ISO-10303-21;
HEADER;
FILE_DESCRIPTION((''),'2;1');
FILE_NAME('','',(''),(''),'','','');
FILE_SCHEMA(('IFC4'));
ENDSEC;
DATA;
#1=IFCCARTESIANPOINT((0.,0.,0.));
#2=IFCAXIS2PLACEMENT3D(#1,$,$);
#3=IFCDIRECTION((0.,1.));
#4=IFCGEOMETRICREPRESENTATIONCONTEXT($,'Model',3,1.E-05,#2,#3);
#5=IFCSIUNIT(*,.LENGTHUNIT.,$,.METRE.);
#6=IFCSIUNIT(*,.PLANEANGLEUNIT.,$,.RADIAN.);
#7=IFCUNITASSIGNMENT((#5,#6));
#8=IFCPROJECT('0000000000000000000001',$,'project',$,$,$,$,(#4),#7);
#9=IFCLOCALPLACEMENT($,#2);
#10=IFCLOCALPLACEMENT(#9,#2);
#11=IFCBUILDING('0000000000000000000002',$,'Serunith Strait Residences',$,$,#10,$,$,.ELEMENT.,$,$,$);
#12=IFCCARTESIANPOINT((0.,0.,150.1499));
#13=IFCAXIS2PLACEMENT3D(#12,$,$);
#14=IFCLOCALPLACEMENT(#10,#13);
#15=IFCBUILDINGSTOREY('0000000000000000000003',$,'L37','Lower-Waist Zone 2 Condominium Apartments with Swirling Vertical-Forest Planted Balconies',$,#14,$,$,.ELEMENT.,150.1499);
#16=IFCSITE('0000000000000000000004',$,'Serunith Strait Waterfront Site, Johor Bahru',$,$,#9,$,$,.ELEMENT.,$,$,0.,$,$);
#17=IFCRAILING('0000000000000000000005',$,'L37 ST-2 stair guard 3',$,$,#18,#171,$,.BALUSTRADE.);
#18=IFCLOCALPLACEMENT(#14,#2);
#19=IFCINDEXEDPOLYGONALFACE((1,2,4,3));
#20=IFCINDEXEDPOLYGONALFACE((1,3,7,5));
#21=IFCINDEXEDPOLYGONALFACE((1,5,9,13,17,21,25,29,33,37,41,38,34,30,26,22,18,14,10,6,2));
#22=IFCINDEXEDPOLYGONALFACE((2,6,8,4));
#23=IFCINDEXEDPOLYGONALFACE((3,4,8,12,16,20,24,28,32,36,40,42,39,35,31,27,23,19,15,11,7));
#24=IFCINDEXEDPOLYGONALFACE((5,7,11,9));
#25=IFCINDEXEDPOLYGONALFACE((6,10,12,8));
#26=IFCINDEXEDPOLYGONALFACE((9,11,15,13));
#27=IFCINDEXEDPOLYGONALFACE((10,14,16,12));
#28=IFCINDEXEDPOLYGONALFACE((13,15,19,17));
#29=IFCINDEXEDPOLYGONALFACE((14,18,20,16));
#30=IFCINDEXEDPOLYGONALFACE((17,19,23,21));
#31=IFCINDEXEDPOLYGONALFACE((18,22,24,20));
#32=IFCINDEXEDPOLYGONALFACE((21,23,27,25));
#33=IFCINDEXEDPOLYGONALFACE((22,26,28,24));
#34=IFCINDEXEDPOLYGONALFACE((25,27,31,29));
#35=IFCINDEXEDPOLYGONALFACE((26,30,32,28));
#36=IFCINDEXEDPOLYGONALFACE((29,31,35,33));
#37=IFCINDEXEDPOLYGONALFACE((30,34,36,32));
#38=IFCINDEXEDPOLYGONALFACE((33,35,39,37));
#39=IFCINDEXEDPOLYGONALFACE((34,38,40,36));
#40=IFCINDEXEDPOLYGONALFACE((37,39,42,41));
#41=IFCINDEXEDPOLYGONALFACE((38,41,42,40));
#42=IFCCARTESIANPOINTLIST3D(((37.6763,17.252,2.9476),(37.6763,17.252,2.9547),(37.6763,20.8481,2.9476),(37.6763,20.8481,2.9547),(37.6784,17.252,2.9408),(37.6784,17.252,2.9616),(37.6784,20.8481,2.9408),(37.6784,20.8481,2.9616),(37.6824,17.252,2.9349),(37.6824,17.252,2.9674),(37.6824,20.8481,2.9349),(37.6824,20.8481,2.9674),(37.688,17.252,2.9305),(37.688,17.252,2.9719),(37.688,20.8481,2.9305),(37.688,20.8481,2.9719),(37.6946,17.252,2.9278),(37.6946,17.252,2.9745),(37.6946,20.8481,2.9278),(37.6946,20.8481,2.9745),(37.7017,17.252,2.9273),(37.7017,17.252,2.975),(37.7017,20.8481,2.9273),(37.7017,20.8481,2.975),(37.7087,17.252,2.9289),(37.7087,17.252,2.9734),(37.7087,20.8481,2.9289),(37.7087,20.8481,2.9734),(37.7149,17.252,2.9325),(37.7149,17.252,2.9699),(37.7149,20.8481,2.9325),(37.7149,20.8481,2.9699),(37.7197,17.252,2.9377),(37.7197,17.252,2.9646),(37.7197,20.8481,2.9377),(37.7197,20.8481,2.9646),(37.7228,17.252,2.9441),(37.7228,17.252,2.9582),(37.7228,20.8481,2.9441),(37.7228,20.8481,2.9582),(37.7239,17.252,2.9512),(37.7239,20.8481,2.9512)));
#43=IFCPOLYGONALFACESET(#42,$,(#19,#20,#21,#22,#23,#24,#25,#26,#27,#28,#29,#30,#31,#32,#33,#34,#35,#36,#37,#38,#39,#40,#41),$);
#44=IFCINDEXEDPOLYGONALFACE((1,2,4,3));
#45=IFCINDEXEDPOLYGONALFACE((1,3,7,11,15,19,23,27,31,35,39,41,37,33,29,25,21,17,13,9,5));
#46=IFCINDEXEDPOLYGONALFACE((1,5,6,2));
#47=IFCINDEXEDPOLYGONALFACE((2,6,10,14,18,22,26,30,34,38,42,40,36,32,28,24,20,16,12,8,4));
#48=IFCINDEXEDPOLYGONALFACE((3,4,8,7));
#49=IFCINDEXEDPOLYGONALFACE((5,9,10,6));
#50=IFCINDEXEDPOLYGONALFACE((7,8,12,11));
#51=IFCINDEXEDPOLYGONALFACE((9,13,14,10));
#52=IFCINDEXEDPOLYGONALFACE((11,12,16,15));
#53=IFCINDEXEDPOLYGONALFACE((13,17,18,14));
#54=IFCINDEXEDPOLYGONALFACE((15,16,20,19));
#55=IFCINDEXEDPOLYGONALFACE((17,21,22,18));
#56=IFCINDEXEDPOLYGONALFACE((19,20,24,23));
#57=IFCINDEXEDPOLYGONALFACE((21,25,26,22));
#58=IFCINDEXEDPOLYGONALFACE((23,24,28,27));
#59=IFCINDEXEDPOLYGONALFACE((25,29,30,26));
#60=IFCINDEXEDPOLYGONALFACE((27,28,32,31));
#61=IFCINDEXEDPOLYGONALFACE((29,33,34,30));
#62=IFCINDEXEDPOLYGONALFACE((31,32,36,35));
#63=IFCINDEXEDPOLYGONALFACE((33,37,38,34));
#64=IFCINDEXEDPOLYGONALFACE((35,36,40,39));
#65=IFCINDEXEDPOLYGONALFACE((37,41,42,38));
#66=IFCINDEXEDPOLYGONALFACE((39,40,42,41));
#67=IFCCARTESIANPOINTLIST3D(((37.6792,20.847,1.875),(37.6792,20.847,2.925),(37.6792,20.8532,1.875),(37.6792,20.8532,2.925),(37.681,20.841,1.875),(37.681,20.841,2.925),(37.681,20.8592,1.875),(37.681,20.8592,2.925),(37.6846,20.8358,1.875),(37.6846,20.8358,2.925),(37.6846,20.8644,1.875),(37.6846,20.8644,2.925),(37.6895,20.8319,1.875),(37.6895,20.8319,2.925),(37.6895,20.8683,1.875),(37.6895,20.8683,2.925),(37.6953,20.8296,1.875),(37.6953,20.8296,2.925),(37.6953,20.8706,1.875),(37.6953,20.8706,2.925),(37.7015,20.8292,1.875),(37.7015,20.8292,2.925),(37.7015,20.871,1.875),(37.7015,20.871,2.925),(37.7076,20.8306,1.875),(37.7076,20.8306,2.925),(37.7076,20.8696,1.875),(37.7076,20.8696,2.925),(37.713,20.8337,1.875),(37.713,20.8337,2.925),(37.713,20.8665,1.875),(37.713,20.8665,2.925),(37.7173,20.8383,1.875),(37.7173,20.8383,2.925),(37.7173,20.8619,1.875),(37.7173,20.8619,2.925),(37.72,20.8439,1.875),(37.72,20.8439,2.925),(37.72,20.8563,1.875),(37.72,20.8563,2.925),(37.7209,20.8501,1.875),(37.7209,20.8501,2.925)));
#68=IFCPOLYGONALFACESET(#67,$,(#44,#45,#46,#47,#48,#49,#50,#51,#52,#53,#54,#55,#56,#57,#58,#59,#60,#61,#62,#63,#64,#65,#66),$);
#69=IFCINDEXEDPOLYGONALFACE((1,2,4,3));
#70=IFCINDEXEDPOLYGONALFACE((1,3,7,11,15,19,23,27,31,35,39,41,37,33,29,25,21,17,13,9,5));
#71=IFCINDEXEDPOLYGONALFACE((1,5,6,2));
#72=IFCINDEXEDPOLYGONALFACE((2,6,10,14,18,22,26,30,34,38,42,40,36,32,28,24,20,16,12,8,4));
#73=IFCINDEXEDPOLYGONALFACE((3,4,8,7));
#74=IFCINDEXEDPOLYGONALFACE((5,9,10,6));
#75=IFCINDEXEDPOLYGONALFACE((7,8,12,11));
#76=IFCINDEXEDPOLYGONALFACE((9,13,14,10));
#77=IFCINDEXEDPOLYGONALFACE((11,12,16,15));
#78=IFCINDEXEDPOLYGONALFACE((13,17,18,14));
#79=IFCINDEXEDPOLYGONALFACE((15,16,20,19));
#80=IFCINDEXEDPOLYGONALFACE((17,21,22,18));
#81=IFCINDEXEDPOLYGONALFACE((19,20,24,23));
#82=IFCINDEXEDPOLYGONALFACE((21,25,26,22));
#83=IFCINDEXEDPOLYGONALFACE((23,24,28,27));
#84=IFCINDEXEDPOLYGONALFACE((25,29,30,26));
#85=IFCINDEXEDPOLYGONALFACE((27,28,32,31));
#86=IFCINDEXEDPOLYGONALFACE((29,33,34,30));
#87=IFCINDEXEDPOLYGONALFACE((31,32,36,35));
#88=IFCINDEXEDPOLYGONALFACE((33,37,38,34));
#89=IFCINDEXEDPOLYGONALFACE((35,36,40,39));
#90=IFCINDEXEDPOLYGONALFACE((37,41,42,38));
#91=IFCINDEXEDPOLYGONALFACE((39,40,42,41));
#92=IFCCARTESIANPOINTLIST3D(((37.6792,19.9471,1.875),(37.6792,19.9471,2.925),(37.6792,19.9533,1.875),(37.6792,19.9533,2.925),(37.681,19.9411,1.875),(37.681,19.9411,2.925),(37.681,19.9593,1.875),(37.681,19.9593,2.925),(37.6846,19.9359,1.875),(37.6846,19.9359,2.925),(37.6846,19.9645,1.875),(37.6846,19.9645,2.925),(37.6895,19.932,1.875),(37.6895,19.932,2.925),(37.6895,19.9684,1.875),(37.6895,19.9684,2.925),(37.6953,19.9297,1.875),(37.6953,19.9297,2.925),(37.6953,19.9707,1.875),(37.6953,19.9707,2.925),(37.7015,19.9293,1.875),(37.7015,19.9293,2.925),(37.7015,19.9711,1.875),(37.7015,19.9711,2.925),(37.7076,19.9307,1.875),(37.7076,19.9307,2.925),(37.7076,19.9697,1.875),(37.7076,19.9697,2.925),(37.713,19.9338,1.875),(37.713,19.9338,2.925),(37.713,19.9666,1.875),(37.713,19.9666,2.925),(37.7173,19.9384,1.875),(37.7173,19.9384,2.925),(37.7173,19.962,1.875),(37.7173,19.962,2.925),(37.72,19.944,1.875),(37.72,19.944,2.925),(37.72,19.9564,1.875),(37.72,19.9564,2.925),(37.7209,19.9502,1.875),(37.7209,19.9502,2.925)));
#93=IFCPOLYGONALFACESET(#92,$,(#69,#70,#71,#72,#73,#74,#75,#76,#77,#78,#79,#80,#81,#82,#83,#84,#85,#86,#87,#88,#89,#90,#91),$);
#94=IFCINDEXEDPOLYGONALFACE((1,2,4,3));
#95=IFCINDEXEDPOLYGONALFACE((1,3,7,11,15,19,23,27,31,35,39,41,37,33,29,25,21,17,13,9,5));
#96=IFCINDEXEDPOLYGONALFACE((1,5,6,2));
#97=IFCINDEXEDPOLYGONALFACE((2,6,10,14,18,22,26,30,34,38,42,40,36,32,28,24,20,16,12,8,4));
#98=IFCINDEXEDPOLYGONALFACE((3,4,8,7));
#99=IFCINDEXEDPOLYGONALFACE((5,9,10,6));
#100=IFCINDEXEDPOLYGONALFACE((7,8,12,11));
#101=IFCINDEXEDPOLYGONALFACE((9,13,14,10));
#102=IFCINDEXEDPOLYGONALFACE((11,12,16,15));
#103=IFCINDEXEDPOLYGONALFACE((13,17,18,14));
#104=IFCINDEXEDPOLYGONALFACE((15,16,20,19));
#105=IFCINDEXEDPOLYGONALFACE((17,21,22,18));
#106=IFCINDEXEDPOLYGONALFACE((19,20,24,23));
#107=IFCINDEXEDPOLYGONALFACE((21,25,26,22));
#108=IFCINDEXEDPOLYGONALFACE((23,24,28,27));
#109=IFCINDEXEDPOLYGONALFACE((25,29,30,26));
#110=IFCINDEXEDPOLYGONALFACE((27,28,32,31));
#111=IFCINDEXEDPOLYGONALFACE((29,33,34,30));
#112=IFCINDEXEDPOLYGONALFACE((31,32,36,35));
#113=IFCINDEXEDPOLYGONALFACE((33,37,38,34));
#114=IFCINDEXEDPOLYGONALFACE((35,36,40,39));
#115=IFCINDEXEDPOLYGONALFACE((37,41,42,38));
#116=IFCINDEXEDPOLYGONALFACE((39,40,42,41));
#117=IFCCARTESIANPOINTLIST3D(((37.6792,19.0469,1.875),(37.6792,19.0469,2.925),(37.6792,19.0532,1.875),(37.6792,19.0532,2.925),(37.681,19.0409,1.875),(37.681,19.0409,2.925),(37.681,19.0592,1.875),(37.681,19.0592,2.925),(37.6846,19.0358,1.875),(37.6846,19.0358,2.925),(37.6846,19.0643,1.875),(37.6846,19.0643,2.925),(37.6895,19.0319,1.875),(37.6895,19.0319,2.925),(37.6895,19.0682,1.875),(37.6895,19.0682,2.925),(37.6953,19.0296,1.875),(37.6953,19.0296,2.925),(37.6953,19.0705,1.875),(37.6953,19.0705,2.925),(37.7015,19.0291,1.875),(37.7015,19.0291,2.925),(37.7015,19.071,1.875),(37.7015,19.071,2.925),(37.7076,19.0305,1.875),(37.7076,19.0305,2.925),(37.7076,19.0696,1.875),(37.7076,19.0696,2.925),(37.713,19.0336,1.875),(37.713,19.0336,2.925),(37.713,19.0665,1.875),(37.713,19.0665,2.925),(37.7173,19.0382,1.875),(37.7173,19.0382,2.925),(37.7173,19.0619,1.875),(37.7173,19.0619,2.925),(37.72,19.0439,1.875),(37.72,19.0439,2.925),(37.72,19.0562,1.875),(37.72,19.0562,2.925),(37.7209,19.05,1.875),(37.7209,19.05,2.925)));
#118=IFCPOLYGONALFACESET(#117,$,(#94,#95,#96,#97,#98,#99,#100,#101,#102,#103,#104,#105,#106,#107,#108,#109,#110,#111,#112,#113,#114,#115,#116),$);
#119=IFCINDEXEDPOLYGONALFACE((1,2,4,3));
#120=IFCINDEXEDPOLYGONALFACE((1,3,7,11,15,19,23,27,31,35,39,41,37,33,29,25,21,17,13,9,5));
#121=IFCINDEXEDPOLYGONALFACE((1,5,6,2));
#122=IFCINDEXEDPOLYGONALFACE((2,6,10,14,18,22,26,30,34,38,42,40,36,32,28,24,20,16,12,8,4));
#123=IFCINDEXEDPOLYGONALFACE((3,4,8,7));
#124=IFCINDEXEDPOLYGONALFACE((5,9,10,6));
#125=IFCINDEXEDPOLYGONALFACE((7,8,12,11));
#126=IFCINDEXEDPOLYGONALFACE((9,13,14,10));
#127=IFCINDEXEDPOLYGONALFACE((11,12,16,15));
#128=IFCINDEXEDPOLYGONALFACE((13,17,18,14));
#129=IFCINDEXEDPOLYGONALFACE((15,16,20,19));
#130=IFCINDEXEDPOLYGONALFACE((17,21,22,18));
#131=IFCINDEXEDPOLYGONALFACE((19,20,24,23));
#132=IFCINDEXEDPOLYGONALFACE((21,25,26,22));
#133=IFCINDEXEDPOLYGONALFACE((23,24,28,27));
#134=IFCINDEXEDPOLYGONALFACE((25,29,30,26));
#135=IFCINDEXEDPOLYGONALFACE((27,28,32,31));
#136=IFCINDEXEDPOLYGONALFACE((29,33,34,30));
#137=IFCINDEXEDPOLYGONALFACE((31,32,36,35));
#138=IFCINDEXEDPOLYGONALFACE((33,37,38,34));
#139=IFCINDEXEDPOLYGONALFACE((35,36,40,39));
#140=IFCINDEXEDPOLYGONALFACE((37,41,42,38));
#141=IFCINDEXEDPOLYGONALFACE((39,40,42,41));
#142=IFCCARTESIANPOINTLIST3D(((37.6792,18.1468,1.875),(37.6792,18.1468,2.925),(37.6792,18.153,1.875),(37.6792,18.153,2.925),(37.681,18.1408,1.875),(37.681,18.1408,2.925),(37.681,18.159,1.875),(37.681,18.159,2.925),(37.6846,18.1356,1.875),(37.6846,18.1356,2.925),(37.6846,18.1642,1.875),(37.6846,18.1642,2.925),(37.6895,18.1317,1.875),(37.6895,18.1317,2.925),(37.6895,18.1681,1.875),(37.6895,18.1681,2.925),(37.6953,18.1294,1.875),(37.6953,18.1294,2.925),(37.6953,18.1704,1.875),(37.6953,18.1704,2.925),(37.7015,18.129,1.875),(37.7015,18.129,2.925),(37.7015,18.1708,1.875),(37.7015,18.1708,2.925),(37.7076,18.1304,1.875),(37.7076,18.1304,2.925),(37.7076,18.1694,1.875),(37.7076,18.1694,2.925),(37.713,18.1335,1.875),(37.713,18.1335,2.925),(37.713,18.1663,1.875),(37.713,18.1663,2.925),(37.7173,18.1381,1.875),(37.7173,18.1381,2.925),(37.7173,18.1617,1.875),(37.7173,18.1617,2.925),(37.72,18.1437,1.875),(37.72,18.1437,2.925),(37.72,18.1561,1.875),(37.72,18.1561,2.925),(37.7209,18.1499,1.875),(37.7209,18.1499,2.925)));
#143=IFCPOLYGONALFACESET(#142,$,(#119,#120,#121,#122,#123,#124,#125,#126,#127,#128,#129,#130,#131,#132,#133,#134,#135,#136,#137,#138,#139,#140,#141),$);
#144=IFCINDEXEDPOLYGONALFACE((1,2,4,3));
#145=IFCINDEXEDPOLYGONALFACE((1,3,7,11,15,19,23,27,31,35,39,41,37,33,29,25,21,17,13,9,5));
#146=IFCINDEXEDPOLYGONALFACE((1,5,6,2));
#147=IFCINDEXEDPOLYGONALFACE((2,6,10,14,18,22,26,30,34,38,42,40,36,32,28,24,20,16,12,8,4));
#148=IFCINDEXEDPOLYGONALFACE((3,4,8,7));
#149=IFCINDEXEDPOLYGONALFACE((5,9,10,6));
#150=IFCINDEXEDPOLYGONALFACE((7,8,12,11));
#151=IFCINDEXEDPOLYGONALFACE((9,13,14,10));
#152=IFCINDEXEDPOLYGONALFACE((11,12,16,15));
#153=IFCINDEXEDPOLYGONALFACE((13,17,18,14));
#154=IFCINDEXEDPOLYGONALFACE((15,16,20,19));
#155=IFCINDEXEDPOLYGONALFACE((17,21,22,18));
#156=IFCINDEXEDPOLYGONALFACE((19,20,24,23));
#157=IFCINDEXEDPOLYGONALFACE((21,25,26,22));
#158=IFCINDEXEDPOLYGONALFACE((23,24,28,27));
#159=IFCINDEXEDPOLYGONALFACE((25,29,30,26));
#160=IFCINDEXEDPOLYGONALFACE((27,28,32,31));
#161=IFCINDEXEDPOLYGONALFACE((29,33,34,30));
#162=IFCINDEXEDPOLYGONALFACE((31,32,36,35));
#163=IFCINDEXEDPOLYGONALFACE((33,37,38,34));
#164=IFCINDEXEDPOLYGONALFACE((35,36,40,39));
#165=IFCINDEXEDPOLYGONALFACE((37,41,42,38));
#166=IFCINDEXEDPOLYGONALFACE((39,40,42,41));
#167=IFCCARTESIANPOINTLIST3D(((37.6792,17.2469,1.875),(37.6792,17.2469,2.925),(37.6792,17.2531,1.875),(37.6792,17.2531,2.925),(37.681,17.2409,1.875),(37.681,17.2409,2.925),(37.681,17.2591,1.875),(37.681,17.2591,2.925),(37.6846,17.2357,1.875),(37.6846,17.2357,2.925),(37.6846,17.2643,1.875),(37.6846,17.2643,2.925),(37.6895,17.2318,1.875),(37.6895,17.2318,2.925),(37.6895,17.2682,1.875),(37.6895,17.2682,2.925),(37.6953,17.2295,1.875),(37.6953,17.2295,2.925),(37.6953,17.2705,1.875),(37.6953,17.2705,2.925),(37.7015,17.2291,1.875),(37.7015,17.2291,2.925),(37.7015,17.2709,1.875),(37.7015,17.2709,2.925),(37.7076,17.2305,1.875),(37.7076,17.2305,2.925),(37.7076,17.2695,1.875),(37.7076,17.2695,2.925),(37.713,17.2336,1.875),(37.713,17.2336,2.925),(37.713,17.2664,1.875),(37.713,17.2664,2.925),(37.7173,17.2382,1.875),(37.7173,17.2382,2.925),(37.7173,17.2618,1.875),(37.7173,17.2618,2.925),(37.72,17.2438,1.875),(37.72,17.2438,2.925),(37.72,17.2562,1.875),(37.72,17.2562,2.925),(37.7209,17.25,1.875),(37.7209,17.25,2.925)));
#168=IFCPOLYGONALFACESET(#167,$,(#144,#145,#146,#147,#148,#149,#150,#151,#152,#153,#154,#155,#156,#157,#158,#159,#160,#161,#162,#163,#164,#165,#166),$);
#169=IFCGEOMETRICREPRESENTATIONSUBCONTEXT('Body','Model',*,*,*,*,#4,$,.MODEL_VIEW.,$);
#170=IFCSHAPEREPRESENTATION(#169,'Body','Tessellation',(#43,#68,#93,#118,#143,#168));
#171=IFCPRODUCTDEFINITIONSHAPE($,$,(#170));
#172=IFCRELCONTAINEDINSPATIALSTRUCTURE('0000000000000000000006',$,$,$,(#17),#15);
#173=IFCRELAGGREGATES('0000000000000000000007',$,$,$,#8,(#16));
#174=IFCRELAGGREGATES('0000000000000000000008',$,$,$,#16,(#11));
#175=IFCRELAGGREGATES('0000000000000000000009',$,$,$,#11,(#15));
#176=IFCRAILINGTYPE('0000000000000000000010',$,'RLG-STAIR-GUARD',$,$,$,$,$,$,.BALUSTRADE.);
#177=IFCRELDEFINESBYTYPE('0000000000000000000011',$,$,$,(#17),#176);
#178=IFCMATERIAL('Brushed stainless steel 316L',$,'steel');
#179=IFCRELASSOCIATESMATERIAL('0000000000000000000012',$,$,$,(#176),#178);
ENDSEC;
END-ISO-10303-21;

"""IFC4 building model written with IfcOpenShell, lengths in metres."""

from ifc_helpers import new_model, si_unit, direction, frame, origin, origin_2d, place, context, subcontext, project, spatial, circle, extrude, material, type_object, element, save


model = new_model("IFC4")

# Units and contexts
model_context = context("Model", 3, precision=1e-05, world=origin(), true_north=direction((0.0, 1.0)))
body_context = subcontext(model_context, "Body", "Model", "MODEL_VIEW")
ifc_project = project(units=[si_unit("LENGTHUNIT", "METRE"), si_unit("PLANEANGLEUNIT", "RADIAN")], contexts=[model_context])

# Site, building, storey
site_placement = place(None, origin())
site = spatial("IfcSite", under=ifc_project, at=site_placement, Name="Serunith Strait Waterfront Site, Johor Bahru", CompositionType="ELEMENT", RefElevation=0.0)
building_placement = place(site_placement, origin())
building = spatial("IfcBuilding", under=site, at=building_placement, Name="Serunith Strait Residences", CompositionType="ELEMENT")
storey_placement = place(building_placement, frame((0.0, 0.0, 150.1499)))
storey = spatial("IfcBuildingStorey", under=building, at=storey_placement, Name="L37", Description="Lower-Waist Zone 2 Condominium Apartments with Swirling Vertical-Forest Planted Balconies", CompositionType="ELEMENT", Elevation=150.1499)

# Railing
ifc_material_1 = material(Name="Brushed stainless steel 316L", Category="steel")
railing_type_1 = type_object("IfcRailingType", Name="RLG-STAIR-GUARD", PredefinedType="BALUSTRADE", material=ifc_material_1)
for number, where, name in (
    (1, (37.7, 20.8501, 1.875), "L37 ST-2 stair guard 3"),
):
    element("IfcRailing", number, at=place(storey_placement, frame(where)), inside=storey, type_object=railing_type_1, Name=name, PredefinedType="BALUSTRADE", context=body_context, shape_type="SweptSolid", body=[
        extrude(circle(Radius=0.0239, at=origin_2d()), frame((0.0, -0.002, 1.0762), z_axis=(0.0, -1.0, 0.0), x_axis=(1.0, 0.0, 0.0)), (0.0, 0.0, 1.0), 3.5962),
        extrude(circle(Radius=0.021, at=origin_2d()), origin(), (0.0, 0.0, 1.0), 1.05),
        extrude(circle(Radius=0.021, at=origin_2d()), frame((0.0, -0.8999, 0.0)), (0.0, 0.0, 1.0), 1.05),
        extrude(circle(Radius=0.021, at=origin_2d()), frame((0.0, -1.8, 0.0)), (0.0, 0.0, 1.0), 1.05),
        extrude(circle(Radius=0.021, at=origin_2d()), frame((0.0, -2.7002, 0.0)), (0.0, 0.0, 1.0), 1.05),
        extrude(circle(Radius=0.021, at=origin_2d()), frame((0.0, -3.6001, 0.0)), (0.0, 0.0, 1.0), 1.05),
    ])

save(model, "model.ifc")
